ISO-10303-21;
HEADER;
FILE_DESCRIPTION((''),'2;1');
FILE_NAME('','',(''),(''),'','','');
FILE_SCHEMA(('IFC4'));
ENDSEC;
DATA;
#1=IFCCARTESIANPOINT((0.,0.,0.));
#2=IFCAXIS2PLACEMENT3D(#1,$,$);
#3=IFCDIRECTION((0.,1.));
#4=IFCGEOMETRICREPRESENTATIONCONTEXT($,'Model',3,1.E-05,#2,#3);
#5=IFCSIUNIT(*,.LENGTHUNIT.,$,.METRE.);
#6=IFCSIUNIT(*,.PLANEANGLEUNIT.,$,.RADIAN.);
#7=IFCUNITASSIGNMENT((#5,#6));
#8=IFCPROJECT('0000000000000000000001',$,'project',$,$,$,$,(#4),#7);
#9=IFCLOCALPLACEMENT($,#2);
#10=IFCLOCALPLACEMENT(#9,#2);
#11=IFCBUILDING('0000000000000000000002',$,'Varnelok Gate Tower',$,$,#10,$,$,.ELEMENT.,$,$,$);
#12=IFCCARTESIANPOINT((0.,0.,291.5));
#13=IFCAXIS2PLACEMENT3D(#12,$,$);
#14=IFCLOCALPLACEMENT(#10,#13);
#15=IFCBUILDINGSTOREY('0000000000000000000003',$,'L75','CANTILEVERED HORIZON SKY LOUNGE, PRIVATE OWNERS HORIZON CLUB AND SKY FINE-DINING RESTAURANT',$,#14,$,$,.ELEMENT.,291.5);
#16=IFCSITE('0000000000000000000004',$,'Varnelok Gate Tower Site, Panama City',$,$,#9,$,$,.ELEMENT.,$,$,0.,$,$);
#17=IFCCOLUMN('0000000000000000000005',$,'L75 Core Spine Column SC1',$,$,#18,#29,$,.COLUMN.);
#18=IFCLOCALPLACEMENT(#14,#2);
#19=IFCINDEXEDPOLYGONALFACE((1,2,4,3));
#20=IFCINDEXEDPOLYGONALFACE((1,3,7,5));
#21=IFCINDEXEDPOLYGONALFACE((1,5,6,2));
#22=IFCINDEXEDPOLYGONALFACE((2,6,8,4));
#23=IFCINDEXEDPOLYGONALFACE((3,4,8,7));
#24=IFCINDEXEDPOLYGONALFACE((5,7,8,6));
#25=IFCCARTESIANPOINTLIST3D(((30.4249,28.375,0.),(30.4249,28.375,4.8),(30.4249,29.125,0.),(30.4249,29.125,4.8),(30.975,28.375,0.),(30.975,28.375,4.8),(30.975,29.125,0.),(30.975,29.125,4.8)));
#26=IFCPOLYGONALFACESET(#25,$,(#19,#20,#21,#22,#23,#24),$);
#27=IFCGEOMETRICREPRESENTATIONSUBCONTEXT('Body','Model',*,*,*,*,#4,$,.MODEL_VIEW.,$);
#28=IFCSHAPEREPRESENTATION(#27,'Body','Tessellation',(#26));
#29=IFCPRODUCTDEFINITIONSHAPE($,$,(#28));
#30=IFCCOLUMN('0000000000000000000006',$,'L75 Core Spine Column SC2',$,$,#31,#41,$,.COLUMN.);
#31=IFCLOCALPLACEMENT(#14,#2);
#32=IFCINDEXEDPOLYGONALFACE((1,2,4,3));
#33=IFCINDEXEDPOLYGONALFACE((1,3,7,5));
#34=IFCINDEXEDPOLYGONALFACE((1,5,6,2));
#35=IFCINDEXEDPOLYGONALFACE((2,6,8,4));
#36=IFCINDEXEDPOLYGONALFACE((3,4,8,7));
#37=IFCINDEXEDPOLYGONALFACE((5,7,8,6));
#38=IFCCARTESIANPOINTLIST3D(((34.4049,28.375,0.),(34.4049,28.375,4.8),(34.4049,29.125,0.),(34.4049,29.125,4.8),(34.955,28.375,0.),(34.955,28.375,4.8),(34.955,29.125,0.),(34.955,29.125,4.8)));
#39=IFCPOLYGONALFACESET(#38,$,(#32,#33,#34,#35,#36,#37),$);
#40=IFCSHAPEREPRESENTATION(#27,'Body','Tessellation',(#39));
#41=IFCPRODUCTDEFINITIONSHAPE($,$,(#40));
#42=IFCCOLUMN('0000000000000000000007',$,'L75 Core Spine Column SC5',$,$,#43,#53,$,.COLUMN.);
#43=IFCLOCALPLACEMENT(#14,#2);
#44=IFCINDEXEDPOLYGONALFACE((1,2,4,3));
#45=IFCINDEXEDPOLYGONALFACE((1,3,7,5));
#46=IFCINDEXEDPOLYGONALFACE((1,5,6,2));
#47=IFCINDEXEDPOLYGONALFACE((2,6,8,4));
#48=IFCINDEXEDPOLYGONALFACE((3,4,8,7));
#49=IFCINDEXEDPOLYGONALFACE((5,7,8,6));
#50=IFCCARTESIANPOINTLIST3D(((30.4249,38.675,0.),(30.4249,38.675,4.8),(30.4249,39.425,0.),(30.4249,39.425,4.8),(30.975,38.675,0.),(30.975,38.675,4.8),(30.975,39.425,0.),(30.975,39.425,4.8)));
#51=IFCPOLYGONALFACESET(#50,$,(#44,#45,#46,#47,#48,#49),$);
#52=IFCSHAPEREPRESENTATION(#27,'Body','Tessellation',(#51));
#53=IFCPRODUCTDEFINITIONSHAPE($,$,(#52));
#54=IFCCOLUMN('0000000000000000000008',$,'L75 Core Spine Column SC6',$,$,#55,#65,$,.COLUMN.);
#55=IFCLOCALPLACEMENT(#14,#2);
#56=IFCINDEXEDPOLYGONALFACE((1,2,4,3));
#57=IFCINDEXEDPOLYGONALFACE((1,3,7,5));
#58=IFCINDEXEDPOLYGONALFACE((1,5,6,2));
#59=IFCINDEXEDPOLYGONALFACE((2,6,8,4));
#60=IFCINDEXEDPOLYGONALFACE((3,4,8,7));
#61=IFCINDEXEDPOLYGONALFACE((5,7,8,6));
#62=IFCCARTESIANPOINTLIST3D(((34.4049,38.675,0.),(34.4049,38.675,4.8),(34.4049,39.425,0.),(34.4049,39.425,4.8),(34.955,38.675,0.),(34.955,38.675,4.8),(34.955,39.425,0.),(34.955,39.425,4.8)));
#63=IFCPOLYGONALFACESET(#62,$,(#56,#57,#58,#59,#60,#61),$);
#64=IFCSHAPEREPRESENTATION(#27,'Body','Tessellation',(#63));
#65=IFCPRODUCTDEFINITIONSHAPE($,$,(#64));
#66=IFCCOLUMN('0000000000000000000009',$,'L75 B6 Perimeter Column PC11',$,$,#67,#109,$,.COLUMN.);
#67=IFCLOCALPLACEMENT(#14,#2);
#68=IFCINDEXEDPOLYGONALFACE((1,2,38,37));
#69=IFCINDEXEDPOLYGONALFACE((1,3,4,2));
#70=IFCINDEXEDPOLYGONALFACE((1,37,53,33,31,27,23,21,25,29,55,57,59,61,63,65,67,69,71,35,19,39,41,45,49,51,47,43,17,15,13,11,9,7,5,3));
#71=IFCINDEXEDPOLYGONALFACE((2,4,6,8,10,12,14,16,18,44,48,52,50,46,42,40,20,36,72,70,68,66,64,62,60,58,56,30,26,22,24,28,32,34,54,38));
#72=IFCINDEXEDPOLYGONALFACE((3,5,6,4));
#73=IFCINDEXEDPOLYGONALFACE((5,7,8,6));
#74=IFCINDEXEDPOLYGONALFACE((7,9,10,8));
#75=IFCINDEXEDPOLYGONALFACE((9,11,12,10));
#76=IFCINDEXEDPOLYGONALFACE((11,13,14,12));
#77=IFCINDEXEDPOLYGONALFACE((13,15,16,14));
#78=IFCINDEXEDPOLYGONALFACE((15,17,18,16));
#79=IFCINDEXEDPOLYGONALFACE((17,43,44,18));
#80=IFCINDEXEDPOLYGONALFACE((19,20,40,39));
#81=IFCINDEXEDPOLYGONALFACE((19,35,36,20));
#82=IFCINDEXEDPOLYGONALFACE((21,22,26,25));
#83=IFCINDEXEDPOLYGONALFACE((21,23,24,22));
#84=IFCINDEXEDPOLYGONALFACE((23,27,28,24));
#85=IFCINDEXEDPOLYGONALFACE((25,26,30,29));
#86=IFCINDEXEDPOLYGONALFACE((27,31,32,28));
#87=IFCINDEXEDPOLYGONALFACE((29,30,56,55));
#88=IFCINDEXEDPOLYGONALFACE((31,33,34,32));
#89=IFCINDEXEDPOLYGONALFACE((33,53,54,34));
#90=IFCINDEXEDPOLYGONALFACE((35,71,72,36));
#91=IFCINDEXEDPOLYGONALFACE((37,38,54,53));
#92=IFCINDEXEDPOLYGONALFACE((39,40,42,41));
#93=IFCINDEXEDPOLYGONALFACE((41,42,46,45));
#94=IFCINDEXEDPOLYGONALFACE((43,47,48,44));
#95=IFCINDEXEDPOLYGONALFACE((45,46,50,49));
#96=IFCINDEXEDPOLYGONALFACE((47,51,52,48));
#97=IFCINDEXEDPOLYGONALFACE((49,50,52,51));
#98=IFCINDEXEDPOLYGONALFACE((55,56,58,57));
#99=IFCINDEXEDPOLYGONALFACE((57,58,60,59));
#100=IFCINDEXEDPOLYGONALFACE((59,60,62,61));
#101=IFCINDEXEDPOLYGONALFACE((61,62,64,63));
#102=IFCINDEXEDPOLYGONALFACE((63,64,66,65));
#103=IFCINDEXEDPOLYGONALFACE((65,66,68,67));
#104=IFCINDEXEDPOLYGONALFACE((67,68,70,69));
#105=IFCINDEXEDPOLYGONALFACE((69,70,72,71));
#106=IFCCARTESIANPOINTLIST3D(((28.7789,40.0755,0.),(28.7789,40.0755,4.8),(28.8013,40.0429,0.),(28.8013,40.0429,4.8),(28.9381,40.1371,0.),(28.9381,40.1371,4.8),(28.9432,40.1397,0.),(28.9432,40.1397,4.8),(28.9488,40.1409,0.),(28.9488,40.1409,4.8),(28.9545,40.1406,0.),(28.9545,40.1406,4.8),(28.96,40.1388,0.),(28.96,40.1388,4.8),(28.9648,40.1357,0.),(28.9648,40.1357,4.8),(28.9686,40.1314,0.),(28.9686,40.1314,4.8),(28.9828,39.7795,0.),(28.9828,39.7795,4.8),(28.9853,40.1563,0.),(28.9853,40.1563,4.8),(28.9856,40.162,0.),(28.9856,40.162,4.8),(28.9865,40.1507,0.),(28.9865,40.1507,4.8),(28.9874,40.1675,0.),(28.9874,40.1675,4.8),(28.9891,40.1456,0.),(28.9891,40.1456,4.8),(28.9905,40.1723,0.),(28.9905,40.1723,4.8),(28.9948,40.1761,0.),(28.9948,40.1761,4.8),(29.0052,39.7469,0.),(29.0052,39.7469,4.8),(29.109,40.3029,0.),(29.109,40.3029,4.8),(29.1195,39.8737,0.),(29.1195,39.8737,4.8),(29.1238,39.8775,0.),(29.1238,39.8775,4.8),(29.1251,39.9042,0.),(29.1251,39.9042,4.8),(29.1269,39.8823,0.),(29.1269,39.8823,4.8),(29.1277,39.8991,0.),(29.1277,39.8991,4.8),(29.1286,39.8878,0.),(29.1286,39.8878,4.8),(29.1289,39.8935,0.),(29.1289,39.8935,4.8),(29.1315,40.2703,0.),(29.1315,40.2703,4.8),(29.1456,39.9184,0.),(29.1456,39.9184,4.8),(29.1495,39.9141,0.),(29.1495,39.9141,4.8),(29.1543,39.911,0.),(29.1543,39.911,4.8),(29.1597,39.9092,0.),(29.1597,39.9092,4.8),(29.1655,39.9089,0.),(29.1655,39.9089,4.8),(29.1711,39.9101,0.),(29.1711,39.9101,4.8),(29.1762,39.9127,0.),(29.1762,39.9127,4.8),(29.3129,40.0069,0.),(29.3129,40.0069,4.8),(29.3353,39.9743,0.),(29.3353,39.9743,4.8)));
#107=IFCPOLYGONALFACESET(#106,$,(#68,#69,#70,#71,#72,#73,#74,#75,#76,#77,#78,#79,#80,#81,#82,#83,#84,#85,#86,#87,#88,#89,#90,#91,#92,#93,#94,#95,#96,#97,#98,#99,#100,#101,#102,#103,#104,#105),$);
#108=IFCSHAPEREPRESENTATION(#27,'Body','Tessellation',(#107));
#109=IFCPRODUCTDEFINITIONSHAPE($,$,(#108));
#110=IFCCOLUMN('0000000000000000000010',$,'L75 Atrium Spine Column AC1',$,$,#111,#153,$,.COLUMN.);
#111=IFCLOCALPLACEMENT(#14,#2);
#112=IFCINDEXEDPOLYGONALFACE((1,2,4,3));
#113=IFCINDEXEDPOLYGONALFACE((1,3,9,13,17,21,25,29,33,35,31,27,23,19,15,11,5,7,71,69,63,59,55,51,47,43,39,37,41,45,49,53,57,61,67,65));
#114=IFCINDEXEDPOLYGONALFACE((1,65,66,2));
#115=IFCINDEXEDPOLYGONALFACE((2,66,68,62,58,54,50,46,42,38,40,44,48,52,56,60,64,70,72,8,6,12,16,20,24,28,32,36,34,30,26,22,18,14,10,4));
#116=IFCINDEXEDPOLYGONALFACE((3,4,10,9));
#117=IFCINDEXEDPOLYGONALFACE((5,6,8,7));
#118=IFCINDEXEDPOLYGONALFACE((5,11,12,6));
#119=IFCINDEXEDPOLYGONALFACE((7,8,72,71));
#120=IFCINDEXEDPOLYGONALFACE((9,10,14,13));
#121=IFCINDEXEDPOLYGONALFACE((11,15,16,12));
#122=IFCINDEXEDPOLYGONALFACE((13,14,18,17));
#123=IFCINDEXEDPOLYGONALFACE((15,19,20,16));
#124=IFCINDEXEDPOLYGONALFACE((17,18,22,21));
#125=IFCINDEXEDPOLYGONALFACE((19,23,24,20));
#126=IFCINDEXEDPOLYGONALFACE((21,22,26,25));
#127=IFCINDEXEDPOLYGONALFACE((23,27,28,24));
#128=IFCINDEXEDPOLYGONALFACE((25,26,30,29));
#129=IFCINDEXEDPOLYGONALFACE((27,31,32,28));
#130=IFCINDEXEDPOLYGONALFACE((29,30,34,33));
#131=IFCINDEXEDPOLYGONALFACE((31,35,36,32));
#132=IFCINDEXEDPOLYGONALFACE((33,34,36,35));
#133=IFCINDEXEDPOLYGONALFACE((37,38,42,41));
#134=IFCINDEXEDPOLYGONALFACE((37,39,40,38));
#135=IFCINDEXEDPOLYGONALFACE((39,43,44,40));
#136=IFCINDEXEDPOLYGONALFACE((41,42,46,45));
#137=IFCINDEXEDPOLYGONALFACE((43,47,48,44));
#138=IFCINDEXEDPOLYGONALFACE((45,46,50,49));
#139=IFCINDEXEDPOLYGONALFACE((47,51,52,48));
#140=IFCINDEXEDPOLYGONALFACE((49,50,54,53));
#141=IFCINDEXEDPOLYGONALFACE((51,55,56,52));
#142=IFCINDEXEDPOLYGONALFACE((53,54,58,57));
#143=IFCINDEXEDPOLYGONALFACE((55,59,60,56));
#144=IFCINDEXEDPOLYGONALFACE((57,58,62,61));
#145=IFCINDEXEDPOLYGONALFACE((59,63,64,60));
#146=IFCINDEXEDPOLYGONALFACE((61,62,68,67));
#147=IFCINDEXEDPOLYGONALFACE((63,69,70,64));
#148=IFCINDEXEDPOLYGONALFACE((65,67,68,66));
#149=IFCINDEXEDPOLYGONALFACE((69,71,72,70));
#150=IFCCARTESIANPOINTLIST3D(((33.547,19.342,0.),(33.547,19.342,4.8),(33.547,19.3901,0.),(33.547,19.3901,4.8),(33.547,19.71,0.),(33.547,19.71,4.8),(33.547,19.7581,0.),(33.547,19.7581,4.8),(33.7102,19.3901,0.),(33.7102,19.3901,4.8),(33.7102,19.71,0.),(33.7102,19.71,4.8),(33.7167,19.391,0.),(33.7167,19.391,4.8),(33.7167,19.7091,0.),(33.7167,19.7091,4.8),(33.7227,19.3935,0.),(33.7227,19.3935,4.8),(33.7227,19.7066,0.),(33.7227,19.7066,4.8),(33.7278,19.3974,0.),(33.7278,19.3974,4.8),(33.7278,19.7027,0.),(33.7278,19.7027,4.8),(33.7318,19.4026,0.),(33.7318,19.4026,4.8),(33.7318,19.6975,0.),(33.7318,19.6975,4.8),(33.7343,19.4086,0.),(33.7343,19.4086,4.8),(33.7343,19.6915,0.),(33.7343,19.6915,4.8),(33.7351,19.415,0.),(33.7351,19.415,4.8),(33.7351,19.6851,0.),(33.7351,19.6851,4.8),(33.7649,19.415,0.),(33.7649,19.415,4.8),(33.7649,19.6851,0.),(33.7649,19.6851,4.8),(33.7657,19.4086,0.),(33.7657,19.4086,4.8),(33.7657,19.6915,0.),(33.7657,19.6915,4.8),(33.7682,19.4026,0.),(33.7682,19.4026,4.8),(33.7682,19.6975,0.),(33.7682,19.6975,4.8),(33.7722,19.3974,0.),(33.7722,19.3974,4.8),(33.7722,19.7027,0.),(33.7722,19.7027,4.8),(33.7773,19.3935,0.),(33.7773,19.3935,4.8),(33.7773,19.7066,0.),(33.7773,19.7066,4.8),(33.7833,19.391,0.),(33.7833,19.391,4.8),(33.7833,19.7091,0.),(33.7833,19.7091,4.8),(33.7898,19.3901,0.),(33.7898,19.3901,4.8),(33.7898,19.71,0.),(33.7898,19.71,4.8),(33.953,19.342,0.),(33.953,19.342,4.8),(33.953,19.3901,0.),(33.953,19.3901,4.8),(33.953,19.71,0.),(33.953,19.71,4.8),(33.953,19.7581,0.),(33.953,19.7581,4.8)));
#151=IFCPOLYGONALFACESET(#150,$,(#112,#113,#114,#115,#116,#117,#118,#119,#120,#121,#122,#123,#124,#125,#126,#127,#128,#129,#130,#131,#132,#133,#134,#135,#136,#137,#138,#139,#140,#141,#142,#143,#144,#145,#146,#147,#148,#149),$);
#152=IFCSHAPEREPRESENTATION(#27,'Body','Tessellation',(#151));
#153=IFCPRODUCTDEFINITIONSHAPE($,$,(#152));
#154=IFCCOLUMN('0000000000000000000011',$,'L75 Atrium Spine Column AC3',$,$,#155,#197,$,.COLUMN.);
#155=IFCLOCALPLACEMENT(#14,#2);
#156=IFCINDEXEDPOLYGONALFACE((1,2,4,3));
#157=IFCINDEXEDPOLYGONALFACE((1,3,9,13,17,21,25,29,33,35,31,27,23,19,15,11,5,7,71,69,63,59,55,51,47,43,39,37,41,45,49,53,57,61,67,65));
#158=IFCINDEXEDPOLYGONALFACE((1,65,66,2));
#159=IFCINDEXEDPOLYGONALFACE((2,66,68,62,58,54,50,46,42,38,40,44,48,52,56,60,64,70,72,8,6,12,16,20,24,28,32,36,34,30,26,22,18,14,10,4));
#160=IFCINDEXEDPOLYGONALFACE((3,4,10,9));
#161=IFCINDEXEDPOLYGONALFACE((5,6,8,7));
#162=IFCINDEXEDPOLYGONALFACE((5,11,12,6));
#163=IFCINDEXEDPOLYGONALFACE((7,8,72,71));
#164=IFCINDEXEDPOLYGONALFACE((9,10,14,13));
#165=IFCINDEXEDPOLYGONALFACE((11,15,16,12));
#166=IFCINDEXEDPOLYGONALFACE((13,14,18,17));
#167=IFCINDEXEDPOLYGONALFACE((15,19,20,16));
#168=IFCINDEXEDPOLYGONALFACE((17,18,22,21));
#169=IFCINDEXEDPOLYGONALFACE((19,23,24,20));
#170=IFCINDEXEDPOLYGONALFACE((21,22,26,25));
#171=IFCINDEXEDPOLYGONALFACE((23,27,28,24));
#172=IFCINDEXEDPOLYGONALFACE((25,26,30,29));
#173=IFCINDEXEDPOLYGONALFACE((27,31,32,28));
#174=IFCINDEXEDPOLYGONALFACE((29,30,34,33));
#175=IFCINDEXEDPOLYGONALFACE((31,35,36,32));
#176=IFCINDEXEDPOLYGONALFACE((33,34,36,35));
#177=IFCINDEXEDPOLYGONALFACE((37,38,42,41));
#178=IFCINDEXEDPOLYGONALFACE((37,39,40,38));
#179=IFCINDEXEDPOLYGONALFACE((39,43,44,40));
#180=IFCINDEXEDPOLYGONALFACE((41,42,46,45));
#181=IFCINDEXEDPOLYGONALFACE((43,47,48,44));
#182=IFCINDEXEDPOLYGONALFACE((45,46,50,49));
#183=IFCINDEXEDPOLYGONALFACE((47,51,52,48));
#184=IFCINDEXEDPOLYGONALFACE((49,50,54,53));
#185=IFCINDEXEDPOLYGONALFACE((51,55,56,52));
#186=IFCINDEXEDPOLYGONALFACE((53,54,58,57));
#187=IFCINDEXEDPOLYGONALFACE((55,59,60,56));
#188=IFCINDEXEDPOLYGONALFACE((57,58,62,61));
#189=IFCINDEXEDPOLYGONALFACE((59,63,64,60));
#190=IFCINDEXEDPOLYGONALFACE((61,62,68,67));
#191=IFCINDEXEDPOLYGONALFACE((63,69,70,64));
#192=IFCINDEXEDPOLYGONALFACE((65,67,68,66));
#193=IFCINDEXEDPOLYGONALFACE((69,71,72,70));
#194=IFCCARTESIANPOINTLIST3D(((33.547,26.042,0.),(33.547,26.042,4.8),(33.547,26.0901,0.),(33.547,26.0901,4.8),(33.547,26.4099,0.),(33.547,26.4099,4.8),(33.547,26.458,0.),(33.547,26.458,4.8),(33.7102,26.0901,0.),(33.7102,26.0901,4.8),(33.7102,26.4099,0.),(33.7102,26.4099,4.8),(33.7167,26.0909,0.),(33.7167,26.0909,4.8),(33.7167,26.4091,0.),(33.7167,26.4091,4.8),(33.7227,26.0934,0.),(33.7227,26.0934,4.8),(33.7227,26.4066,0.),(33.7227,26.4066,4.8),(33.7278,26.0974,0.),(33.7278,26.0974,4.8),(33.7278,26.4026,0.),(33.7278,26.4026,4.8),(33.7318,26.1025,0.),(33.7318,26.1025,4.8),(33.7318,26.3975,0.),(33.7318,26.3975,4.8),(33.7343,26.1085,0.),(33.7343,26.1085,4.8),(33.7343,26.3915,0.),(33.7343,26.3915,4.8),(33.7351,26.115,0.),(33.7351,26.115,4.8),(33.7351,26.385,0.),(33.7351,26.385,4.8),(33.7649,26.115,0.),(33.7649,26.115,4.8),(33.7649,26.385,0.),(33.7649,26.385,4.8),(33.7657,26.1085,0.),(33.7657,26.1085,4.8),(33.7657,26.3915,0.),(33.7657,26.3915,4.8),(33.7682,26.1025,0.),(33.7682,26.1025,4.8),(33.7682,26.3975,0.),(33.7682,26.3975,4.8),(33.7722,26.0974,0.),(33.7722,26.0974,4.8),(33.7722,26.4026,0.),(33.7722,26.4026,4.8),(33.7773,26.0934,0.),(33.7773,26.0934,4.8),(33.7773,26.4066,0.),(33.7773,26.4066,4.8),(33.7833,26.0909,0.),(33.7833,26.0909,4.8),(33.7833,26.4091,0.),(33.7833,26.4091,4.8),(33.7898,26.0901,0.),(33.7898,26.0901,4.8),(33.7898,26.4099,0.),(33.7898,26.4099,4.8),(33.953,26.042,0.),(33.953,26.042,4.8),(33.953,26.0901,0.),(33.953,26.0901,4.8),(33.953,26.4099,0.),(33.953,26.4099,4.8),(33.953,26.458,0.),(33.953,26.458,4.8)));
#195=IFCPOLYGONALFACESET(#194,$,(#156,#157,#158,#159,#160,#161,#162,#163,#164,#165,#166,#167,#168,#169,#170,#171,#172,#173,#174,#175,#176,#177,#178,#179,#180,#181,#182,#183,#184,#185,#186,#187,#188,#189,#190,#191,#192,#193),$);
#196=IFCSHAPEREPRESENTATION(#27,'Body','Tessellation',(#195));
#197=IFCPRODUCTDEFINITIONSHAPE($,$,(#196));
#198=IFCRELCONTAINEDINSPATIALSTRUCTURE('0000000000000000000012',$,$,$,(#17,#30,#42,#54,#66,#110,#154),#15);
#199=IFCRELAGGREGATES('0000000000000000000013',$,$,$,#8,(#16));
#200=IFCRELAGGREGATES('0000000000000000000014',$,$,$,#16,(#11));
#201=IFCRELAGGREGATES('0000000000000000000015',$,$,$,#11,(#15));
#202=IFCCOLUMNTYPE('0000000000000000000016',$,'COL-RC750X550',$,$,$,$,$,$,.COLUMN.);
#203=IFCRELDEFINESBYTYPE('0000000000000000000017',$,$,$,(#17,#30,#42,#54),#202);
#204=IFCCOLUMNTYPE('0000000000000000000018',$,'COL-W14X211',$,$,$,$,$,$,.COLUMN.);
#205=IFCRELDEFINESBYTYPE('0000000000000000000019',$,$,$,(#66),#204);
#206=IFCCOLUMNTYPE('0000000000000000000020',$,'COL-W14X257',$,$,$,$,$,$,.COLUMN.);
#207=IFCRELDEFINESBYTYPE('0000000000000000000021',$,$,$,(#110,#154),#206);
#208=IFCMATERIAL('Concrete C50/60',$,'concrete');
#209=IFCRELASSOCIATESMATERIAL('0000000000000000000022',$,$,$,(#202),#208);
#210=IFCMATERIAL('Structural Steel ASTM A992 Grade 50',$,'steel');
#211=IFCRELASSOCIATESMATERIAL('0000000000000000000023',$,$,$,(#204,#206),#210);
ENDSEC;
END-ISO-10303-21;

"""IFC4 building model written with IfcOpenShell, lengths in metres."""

from ifc_helpers import new_model, si_unit, direction, frame, origin, origin_2d, place, context, subcontext, project, spatial, rectangle, i_section, extrude, material, material_profile, profile_set, type_object, element, save


model = new_model("IFC4")

# Units and contexts
model_context = context("Model", 3, precision=1e-05, world=origin(), true_north=direction((0.0, 1.0)))
body_context = subcontext(model_context, "Body", "Model", "MODEL_VIEW")
ifc_project = project(units=[si_unit("LENGTHUNIT", "METRE"), si_unit("PLANEANGLEUNIT", "RADIAN")], contexts=[model_context])

# Site, building, storey
site_placement = place(None, origin())
site = spatial("IfcSite", under=ifc_project, at=site_placement, Name="Varnelok Gate Tower Site, Panama City", CompositionType="ELEMENT", RefElevation=0.0)
building_placement = place(site_placement, origin())
building = spatial("IfcBuilding", under=site, at=building_placement, Name="Varnelok Gate Tower", CompositionType="ELEMENT")
storey_placement = place(building_placement, frame((0.0, 0.0, 291.5)))
storey = spatial("IfcBuildingStorey", under=building, at=storey_placement, Name="L75", Description="CANTILEVERED HORIZON SKY LOUNGE, PRIVATE OWNERS HORIZON CLUB AND SKY FINE-DINING RESTAURANT", CompositionType="ELEMENT", Elevation=291.5)

# Columns
ifc_material_1 = material(Name="Concrete C50/60", Category="concrete")
ifc_material_profile_1 = material_profile(ifc_material_1, rectangle(XDim=0.55, YDim=0.75, at=origin_2d()), Name="RC750X550")
ifc_profile_set_1 = profile_set([ifc_material_profile_1], Name="Concrete C50/60")
column_type_1 = type_object("IfcColumnType", Name="COL-RC750X550", PredefinedType="COLUMN", material=ifc_profile_set_1)
for number, where, z_axis, x_axis, name in (
    (1, (30.7, 28.75, 0.0), (0.0, 0.0, 1.0), (1.0, 0.0, 0.0), "L75 Core Spine Column SC1"),
    (2, (34.6799, 28.75, 0.0), (0.0, 0.0, 1.0), (1.0, 0.0, 0.0), "L75 Core Spine Column SC2"),
    (3, (30.7, 39.05, 0.0), (0.0, 0.0, 1.0), (1.0, 0.0, 0.0), "L75 Core Spine Column SC5"),
    (4, (34.6799, 39.05, 0.0), (0.0, 0.0, 1.0), (1.0, 0.0, 0.0), "L75 Core Spine Column SC6"),
):
    element("IfcColumn", number, at=place(storey_placement, frame(where, z_axis=z_axis, x_axis=x_axis)), inside=storey, type_object=column_type_1, Name=name, PredefinedType="COLUMN", context=body_context, shape_type="SweptSolid", body=[
        extrude(rectangle(XDim=0.55, YDim=0.75, at=origin_2d()), origin(), (0.0, 0.0, 1.0), 4.8),
    ])
ifc_material_2 = material(Name="Structural Steel ASTM A992 Grade 50", Category="steel")
ifc_material_profile_2 = material_profile(ifc_material_2, i_section(OverallWidth=0.4009, OverallDepth=0.3989, WebThickness=0.0249, FlangeThickness=0.0396, FilletRadius=0.022, at=origin_2d()), Name="W14X211")
ifc_profile_set_2 = profile_set([ifc_material_profile_2], Name="Structural Steel ASTM A992 Grade 50")
column_type_2 = type_object("IfcColumnType", Name="COL-W14X211", PredefinedType="COLUMN", material=ifc_profile_set_2)
column_placement = place(storey_placement, frame((29.0571, 40.0249, 0.0), z_axis=(0.0, 0.0, 1.0), x_axis=(0.823533, 0.567269, 0.0)))
element("IfcColumn", 5, at=column_placement, inside=storey, type_object=column_type_2, Name="L75 B6 Perimeter Column PC11", PredefinedType="COLUMN", context=body_context, shape_type="SweptSolid", body=[
    extrude(i_section(OverallWidth=0.4009, OverallDepth=0.3989, WebThickness=0.0249, FlangeThickness=0.0396, FilletRadius=0.022, at=origin_2d()), origin(), (0.0, 0.0, 1.0), 4.8),
])
ifc_material_profile_3 = material_profile(ifc_material_2, i_section(OverallWidth=0.406, OverallDepth=0.416, WebThickness=0.0298, FlangeThickness=0.0481, FilletRadius=0.0249, at=origin_2d()), Name="W14X257")
ifc_profile_set_3 = profile_set([ifc_material_profile_3], Name="Structural Steel ASTM A992 Grade 50")
column_type_3 = type_object("IfcColumnType", Name="COL-W14X257", PredefinedType="COLUMN", material=ifc_profile_set_3)
for number, where, z_axis, x_axis, name in (
    (6, (33.75, 19.55, 0.0), (0.0, 0.0, 1.0), (1.0, 0.0, 0.0), "L75 Atrium Spine Column AC1"),
    (7, (33.75, 26.25, 0.0), (0.0, 0.0, 1.0), (1.0, 0.0, 0.0), "L75 Atrium Spine Column AC3"),
):
    element("IfcColumn", number, at=place(storey_placement, frame(where, z_axis=z_axis, x_axis=x_axis)), inside=storey, type_object=column_type_3, Name=name, PredefinedType="COLUMN", context=body_context, shape_type="SweptSolid", body=[
        extrude(i_section(OverallWidth=0.406, OverallDepth=0.416, WebThickness=0.0298, FlangeThickness=0.0481, FilletRadius=0.0249, at=origin_2d()), origin(), (0.0, 0.0, 1.0), 4.8),
    ])

save(model, "model.ifc")
